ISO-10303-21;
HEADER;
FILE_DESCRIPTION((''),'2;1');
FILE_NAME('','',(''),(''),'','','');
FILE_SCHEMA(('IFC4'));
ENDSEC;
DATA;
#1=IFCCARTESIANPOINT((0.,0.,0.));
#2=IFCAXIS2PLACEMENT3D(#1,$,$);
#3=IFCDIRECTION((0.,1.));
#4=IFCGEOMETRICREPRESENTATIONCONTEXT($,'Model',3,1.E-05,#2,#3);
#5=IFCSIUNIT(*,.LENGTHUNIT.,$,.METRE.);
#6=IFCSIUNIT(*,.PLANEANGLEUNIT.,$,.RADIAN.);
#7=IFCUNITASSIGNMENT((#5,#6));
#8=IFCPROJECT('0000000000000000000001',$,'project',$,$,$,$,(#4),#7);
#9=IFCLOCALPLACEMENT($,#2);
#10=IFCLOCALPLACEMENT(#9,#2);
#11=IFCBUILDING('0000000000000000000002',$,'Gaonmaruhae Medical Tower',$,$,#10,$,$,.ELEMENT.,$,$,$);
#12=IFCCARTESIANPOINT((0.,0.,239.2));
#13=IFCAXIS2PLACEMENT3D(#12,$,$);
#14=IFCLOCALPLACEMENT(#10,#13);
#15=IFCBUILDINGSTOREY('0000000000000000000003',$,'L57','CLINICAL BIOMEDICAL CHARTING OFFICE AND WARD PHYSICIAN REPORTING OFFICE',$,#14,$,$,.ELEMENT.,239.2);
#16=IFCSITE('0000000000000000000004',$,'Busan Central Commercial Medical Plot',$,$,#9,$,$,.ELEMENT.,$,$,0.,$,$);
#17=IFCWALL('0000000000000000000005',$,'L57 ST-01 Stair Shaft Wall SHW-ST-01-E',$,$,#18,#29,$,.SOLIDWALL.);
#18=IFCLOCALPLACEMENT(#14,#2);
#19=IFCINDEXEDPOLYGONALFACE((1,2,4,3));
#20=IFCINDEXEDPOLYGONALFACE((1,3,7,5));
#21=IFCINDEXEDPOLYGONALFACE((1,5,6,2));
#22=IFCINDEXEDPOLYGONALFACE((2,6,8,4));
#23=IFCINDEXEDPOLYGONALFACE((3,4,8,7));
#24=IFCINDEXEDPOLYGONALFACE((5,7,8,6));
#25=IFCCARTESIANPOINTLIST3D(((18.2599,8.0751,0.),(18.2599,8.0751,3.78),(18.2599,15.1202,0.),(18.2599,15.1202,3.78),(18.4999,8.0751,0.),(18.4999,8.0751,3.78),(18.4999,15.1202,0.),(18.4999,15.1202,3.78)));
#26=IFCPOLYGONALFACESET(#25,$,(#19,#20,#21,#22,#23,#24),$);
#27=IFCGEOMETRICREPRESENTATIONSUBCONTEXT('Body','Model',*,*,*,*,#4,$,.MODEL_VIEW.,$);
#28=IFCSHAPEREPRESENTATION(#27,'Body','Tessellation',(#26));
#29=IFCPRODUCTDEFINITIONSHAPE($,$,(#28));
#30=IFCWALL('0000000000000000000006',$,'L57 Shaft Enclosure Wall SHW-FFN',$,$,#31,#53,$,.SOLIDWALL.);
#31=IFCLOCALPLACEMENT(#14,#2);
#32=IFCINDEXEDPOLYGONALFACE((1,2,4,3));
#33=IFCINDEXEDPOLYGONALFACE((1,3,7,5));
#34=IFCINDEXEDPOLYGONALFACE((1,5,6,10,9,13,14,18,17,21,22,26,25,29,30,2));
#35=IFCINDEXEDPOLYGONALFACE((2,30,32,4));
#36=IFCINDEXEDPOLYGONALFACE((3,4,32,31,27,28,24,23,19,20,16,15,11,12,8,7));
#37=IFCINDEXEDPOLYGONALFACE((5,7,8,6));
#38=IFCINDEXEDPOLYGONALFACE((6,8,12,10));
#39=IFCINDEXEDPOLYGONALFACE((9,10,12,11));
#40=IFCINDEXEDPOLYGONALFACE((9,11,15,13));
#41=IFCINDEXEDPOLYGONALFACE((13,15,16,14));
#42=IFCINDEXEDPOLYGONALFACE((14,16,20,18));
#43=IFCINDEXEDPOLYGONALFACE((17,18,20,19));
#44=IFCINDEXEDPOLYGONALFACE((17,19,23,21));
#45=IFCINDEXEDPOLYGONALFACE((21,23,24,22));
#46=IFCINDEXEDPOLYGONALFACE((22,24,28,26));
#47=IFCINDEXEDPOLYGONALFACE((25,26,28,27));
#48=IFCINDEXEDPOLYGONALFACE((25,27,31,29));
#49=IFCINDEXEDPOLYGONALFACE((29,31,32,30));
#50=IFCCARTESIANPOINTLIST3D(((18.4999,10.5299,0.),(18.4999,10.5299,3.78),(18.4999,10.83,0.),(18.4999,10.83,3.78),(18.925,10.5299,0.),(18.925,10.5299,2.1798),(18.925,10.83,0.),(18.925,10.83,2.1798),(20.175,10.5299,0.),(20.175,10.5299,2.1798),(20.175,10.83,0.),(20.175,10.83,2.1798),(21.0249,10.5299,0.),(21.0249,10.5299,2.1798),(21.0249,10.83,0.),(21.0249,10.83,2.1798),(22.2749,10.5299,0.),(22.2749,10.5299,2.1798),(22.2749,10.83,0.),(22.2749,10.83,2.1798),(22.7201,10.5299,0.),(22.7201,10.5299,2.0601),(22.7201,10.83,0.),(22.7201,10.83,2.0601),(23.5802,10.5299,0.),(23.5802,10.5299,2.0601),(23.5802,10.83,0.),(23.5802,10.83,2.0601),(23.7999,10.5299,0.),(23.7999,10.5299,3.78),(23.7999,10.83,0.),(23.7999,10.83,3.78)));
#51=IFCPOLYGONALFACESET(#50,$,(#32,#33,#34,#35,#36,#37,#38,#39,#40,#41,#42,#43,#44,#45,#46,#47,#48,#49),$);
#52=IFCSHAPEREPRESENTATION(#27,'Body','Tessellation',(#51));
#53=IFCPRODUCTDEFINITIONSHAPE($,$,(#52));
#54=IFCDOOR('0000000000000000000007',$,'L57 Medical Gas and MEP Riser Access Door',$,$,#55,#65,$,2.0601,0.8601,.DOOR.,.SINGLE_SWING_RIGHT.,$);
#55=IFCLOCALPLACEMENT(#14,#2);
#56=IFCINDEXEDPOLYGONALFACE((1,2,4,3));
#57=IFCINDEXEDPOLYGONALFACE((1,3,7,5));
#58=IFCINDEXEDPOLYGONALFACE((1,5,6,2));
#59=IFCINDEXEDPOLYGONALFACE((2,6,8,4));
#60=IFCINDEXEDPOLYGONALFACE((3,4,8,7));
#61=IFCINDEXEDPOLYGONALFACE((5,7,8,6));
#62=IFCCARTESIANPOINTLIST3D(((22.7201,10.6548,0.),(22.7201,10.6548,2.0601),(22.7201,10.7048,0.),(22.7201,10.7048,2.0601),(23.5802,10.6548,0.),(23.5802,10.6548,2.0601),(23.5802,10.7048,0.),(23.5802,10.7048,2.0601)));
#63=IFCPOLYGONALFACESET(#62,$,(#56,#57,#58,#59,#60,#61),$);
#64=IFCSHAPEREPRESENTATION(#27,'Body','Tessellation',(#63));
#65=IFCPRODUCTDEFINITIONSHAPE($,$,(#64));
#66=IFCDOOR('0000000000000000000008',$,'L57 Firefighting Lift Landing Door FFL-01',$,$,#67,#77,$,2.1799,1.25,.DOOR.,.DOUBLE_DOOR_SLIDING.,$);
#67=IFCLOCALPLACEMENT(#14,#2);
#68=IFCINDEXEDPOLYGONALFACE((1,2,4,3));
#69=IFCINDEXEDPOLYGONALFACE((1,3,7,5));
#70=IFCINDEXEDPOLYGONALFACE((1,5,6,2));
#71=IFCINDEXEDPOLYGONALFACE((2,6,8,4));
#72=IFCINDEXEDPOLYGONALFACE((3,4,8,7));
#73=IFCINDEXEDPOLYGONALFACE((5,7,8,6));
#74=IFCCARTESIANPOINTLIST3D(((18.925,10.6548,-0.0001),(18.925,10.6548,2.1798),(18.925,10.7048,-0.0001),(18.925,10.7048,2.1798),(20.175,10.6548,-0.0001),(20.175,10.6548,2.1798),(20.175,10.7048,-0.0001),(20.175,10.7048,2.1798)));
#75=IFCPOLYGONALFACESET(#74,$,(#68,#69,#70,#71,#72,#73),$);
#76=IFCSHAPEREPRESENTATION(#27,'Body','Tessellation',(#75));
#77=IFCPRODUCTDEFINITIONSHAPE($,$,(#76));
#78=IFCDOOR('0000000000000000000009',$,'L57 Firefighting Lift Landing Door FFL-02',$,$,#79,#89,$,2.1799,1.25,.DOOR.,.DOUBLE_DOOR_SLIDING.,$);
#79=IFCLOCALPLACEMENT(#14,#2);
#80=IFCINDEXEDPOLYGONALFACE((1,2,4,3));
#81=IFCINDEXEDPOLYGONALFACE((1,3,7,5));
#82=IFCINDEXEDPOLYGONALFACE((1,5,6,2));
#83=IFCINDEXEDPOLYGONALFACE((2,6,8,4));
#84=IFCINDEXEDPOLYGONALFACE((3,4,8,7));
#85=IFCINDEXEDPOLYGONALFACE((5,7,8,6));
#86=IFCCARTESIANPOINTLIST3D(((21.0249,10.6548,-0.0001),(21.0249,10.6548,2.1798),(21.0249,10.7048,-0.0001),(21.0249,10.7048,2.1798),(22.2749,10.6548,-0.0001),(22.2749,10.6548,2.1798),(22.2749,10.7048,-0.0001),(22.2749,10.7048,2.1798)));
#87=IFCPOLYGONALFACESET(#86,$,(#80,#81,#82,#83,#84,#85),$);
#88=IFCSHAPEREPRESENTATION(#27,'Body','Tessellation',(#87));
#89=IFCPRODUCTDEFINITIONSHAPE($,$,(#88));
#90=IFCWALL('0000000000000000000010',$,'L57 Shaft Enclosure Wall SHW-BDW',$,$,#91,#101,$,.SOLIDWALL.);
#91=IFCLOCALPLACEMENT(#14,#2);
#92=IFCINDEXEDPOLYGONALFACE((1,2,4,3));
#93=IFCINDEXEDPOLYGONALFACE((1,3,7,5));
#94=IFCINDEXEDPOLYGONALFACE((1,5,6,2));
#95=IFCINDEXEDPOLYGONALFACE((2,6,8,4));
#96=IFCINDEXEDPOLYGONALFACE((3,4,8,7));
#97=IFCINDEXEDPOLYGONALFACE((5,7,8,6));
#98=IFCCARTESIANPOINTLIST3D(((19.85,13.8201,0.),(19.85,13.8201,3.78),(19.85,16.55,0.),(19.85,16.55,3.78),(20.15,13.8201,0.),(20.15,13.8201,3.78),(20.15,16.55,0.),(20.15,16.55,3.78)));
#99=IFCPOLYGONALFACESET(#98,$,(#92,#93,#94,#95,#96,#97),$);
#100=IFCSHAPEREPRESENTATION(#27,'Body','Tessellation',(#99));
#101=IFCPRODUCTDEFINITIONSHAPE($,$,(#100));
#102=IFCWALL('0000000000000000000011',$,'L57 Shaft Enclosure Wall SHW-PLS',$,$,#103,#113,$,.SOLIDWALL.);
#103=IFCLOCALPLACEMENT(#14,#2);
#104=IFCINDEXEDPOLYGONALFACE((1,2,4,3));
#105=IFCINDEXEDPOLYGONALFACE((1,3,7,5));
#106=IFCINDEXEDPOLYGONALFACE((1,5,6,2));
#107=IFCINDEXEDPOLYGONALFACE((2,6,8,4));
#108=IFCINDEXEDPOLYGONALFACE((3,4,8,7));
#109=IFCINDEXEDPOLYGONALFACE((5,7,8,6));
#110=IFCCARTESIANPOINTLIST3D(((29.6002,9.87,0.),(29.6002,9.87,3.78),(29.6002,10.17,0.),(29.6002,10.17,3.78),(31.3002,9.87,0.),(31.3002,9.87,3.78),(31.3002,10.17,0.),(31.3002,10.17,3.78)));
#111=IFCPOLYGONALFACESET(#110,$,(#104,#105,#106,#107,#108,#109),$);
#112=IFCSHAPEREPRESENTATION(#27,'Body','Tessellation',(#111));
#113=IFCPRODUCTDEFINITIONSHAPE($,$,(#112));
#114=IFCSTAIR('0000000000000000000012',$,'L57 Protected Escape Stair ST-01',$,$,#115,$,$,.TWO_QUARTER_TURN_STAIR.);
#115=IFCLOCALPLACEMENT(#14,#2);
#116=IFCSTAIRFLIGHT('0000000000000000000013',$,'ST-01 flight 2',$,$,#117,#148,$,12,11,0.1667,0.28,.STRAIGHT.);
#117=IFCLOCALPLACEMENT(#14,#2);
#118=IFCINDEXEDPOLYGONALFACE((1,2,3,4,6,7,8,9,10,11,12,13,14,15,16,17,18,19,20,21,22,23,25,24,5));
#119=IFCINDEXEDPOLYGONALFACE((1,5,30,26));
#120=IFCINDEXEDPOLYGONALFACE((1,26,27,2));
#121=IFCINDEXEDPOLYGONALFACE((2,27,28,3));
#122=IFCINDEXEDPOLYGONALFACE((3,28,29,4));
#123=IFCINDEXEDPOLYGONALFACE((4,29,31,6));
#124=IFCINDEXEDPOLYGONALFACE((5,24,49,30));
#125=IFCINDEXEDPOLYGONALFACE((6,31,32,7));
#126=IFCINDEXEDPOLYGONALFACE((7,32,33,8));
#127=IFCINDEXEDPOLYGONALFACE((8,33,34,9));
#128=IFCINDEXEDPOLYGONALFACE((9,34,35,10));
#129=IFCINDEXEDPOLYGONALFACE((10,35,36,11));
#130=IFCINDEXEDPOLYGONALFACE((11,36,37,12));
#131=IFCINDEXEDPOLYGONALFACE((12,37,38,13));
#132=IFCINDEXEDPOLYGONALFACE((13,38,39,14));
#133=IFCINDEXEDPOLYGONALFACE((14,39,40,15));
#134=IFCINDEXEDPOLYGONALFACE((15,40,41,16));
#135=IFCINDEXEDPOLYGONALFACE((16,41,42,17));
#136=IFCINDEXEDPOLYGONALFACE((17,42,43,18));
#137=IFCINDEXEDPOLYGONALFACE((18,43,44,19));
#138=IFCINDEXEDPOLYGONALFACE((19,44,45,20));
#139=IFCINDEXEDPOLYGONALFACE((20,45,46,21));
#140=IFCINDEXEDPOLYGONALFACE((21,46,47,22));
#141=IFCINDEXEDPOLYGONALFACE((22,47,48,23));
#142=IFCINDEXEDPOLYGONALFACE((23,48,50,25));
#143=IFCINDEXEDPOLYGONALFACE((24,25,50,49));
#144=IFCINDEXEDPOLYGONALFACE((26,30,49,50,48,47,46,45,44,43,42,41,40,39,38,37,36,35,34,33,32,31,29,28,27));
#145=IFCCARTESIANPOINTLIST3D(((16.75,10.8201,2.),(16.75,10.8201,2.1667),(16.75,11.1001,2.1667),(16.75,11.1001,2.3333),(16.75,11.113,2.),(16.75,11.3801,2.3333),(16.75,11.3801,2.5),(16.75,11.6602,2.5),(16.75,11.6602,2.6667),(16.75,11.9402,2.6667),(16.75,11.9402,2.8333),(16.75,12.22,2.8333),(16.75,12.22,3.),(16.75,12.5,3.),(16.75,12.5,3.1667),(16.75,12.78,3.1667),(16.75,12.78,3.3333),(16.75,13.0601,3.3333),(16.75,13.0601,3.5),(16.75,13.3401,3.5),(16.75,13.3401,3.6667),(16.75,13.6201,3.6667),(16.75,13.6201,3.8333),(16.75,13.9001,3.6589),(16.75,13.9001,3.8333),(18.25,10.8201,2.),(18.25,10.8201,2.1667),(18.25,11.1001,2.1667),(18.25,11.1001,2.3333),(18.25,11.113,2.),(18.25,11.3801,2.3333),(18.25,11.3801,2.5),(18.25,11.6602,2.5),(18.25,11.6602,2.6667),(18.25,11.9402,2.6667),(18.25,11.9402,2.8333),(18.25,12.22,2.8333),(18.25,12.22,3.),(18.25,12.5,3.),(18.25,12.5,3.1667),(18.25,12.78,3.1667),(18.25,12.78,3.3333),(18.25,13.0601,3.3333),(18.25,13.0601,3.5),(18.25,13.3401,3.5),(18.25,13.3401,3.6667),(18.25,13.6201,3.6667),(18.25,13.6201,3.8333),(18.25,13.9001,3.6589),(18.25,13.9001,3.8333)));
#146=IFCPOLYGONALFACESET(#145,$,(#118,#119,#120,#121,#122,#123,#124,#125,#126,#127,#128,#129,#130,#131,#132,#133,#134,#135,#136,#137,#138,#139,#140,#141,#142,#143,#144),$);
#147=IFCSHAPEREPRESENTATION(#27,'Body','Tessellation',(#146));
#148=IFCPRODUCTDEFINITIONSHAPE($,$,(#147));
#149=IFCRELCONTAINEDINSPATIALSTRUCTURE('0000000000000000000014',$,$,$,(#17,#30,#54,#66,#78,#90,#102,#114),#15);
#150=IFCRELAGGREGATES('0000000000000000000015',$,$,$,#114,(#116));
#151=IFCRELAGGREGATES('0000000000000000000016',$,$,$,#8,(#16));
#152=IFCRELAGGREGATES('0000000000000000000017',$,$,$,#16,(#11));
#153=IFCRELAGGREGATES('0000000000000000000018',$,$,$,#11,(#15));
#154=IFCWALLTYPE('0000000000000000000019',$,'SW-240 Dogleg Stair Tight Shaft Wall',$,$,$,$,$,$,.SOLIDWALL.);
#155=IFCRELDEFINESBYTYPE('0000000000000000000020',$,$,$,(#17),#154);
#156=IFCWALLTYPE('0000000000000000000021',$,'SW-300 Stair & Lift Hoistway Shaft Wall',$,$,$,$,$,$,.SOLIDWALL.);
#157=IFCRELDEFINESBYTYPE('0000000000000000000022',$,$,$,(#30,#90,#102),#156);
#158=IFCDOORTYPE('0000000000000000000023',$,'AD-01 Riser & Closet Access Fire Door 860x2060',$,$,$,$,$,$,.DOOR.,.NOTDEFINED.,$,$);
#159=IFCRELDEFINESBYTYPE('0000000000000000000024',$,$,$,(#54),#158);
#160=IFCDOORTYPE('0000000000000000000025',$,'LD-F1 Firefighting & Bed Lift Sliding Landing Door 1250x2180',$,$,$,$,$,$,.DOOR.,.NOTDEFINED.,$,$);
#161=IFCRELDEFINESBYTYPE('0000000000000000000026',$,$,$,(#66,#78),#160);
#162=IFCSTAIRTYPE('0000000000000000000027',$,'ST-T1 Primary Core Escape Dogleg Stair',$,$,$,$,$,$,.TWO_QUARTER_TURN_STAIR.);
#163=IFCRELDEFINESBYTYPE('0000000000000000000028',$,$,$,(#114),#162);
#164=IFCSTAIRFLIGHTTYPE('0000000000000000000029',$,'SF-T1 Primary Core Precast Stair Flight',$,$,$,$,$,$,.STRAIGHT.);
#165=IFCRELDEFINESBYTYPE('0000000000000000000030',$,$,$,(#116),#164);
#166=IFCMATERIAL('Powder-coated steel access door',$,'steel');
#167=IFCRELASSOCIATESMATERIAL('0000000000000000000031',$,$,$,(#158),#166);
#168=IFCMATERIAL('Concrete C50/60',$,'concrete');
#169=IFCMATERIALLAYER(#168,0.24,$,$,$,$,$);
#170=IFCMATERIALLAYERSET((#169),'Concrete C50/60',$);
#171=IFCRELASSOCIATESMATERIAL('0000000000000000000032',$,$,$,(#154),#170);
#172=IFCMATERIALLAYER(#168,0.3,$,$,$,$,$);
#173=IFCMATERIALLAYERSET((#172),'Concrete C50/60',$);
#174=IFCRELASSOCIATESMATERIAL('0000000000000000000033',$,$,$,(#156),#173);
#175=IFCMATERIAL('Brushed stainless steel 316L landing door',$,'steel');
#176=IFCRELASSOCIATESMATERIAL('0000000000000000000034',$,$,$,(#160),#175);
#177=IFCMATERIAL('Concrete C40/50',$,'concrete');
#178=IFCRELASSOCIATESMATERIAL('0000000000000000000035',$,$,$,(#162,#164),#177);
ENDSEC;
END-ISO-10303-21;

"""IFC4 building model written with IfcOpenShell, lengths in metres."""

from ifc_helpers import new_model, si_unit, direction, frame, frame_2d, origin, place, context, subcontext, project, spatial, polyline, rectangle, outline, extrude, material, layer, layer_set, type_object, element, fill, aggregate, save


model = new_model("IFC4")

# Units and contexts
model_context = context("Model", 3, precision=1e-05, world=origin(), true_north=direction((0.0, 1.0)))
body_context = subcontext(model_context, "Body", "Model", "MODEL_VIEW")
ifc_project = project(units=[si_unit("LENGTHUNIT", "METRE"), si_unit("PLANEANGLEUNIT", "RADIAN")], contexts=[model_context])

# Site, building, storey
site_placement = place(None, origin())
site = spatial("IfcSite", under=ifc_project, at=site_placement, Name="Busan Central Commercial Medical Plot", CompositionType="ELEMENT", RefElevation=0.0)
building_placement = place(site_placement, origin())
building = spatial("IfcBuilding", under=site, at=building_placement, Name="Gaonmaruhae Medical Tower", CompositionType="ELEMENT")
storey_placement = place(building_placement, frame((0.0, 0.0, 239.2)))
storey = spatial("IfcBuildingStorey", under=building, at=storey_placement, Name="L57", Description="CLINICAL BIOMEDICAL CHARTING OFFICE AND WARD PHYSICIAN REPORTING OFFICE", CompositionType="ELEMENT", Elevation=239.2)

# Shared definitions
ifc_material_1 = material(Name="Concrete C50/60", Category="concrete")

# Shared definitions
ifc_material_2 = material(Name="Powder-coated steel access door", Category="steel")
door_type_1 = type_object("IfcDoorType", Name="AD-01 Riser & Closet Access Fire Door 860x2060", OperationType="NOTDEFINED", PredefinedType="DOOR", material=ifc_material_2)

# Wall
ifc_layer_1 = layer(ifc_material_1, 0.24)
ifc_layer_set_1 = layer_set([ifc_layer_1], Name="Concrete C50/60")
wall_type_1 = type_object("IfcWallType", Name="SW-240 Dogleg Stair Tight Shaft Wall", PredefinedType="SOLIDWALL", material=ifc_layer_set_1)
wall_1_placement = place(storey_placement, frame((18.3799, 15.1201, 0.0), z_axis=(0.0, 0.0, 1.0), x_axis=(0.0, -1.0, 0.0)))
element("IfcWall", 1, at=wall_1_placement, inside=storey, type_object=wall_type_1, Name="L57 ST-01 Stair Shaft Wall SHW-ST-01-E", PredefinedType="SOLIDWALL", context=body_context, shape_type="SweptSolid", body=[
    extrude(rectangle(XDim=7.0452, YDim=0.24, at=frame_2d((3.5225, 0.0))), origin(), (0.0, 0.0, 1.0), 3.78),
])

# Wall, openings, doors
ifc_layer_2 = layer(ifc_material_1, 0.3)
ifc_layer_set_2 = layer_set([ifc_layer_2], Name="Concrete C50/60")
wall_type_2 = type_object("IfcWallType", Name="SW-300 Stair & Lift Hoistway Shaft Wall", PredefinedType="SOLIDWALL", material=ifc_layer_set_2)
wall_2_placement = place(storey_placement, frame((18.5, 10.6799, 0.0), z_axis=(0.0, 0.0, 1.0), x_axis=(1.0, 0.0, 0.0)))
wall_2 = element("IfcWall", 2, at=wall_2_placement, inside=storey, type_object=wall_type_2, Name="L57 Shaft Enclosure Wall SHW-FFN", PredefinedType="SOLIDWALL", context=body_context, shape_type="SweptSolid", body=[
    extrude(rectangle(XDim=5.3, YDim=0.3, at=frame_2d((2.6499, 0.0))), origin(), (0.0, 0.0, 1.0), 3.78),
])
opening_1_placement = place(wall_2_placement, frame((4.22, 0.0, 0.0)))
opening_1 = element("IfcOpeningElement", 3, at=opening_1_placement, cuts=wall_2, PredefinedType="OPENING", context=body_context, shape_type="SweptSolid", body=[
    extrude(rectangle(XDim=0.8601, YDim=2.0601, at=frame_2d((0.4302, 1.03))), frame((0.0, 0.1602, 0.0), z_axis=(0.0, -1.0, 0.0), x_axis=(1.0, 0.0, 0.0)), (0.0, 0.0, 1.0), 0.3201),
])
opening_2_placement = place(wall_2_placement, frame((0.425, 0.0, 0.0)))
opening_2 = element("IfcOpeningElement", 4, at=opening_2_placement, cuts=wall_2, PredefinedType="OPENING", context=body_context, shape_type="SweptSolid", body=[
    extrude(rectangle(XDim=1.25, YDim=2.1799, at=frame_2d((0.625, 1.0898))), frame((0.0, 0.1602, 0.0), z_axis=(0.0, -1.0, 0.0), x_axis=(1.0, 0.0, 0.0)), (0.0, 0.0, 1.0), 0.3201),
])
opening_3_placement = place(wall_2_placement, frame((2.5249, 0.0, 0.0)))
opening_3 = element("IfcOpeningElement", 5, at=opening_3_placement, cuts=wall_2, PredefinedType="OPENING", context=body_context, shape_type="SweptSolid", body=[
    extrude(rectangle(XDim=1.25, YDim=2.1799, at=frame_2d((0.625, 1.0898))), frame((0.0, 0.1602, 0.0), z_axis=(0.0, -1.0, 0.0), x_axis=(1.0, 0.0, 0.0)), (0.0, 0.0, 1.0), 0.3201),
])
door_1_placement = place(opening_1_placement, origin())
door_1 = element("IfcDoor", 6, at=door_1_placement, inside=storey, type_object=door_type_1, Name="L57 Medical Gas and MEP Riser Access Door", OperationType="SINGLE_SWING_RIGHT", OverallHeight=2.0601, OverallWidth=0.8601, PredefinedType="DOOR", context=body_context, shape_type="SweptSolid", body=[
    extrude(rectangle(XDim=0.8601, YDim=2.0601, at=frame_2d((0.4302, 1.03))), frame((0.0, 0.0249, 0.0), z_axis=(0.0, -1.0, 0.0), x_axis=(1.0, 0.0, 0.0)), (0.0, 0.0, 1.0), 0.05),
])
fill(opening_1, door_1)
ifc_material_3 = material(Name="Brushed stainless steel 316L landing door", Category="steel")
door_type_2 = type_object("IfcDoorType", Name="LD-F1 Firefighting & Bed Lift Sliding Landing Door 1250x2180", OperationType="NOTDEFINED", PredefinedType="DOOR", material=ifc_material_3)
door_2_placement = place(opening_2_placement, origin())
door_2 = element("IfcDoor", 7, at=door_2_placement, inside=storey, type_object=door_type_2, Name="L57 Firefighting Lift Landing Door FFL-01", OperationType="DOUBLE_DOOR_SLIDING", OverallHeight=2.1799, OverallWidth=1.25, PredefinedType="DOOR", context=body_context, shape_type="SweptSolid", body=[
    extrude(rectangle(XDim=1.25, YDim=2.1799, at=frame_2d((0.625, 1.0898))), frame((0.0, 0.0249, 0.0), z_axis=(0.0, -1.0, 0.0), x_axis=(1.0, 0.0, 0.0)), (0.0, 0.0, 1.0), 0.05),
])
fill(opening_2, door_2)
door_3_placement = place(opening_3_placement, origin())
door_3 = element("IfcDoor", 8, at=door_3_placement, inside=storey, type_object=door_type_2, Name="L57 Firefighting Lift Landing Door FFL-02", OperationType="DOUBLE_DOOR_SLIDING", OverallHeight=2.1799, OverallWidth=1.25, PredefinedType="DOOR", context=body_context, shape_type="SweptSolid", body=[
    extrude(rectangle(XDim=1.25, YDim=2.1799, at=frame_2d((0.625, 1.0898))), frame((0.0, 0.0249, 0.0), z_axis=(0.0, -1.0, 0.0), x_axis=(1.0, 0.0, 0.0)), (0.0, 0.0, 1.0), 0.05),
])
fill(opening_3, door_3)

# Walls
wall_3_placement = place(storey_placement, frame((20.0, 13.8201, 0.0), z_axis=(0.0, 0.0, 1.0), x_axis=(0.0, 1.0, 0.0)))
element("IfcWall", 9, at=wall_3_placement, inside=storey, type_object=wall_type_2, Name="L57 Shaft Enclosure Wall SHW-BDW", PredefinedType="SOLIDWALL", context=body_context, shape_type="SweptSolid", body=[
    extrude(rectangle(XDim=2.73, YDim=0.3, at=frame_2d((1.365, 0.0))), origin(), (0.0, 0.0, 1.0), 3.78),
])
wall_4_placement = place(storey_placement, frame((29.6001, 10.02, 0.0), z_axis=(0.0, 0.0, 1.0), x_axis=(1.0, 0.0, 0.0)))
element("IfcWall", 10, at=wall_4_placement, inside=storey, type_object=wall_type_2, Name="L57 Shaft Enclosure Wall SHW-PLS", PredefinedType="SOLIDWALL", context=body_context, shape_type="SweptSolid", body=[
    extrude(rectangle(XDim=1.7, YDim=0.3, at=frame_2d((0.8501, 0.0))), origin(), (0.0, 0.0, 1.0), 3.78),
])

# Stair, stair flight
ifc_material_4 = material(Name="Concrete C40/50", Category="concrete")
stair_type = type_object("IfcStairType", Name="ST-T1 Primary Core Escape Dogleg Stair", PredefinedType="TWO_QUARTER_TURN_STAIR", material=ifc_material_4)
stair_placement = place(storey_placement, origin())
stair = element("IfcStair", 11, at=stair_placement, inside=storey, type_object=stair_type, Name="L57 Protected Escape Stair ST-01", PredefinedType="TWO_QUARTER_TURN_STAIR")
stair_flight_type = type_object("IfcStairFlightType", Name="SF-T1 Primary Core Precast Stair Flight", PredefinedType="STRAIGHT", material=ifc_material_4)
stair_flight_placement = place(storey_placement, frame((17.5, 10.8201, 2.0), z_axis=(0.0, 0.0, 1.0), x_axis=(0.0, 1.0, 0.0)))
stair_flight = element("IfcStairFlight", 12, at=stair_flight_placement, type_object=stair_flight_type, Name="ST-01 flight 2", NumberOfRisers=12, NumberOfTreads=11, PredefinedType="STRAIGHT", RiserHeight=0.1667, TreadLength=0.28, context=body_context, shape_type="SweptSolid", body=[
    extrude(outline(polyline([(0.0, 0.0), (0.0, 0.1667), (0.28, 0.1667), (0.28, 0.3333), (0.5601, 0.3333), (0.5601, 0.5), (0.8401, 0.5), (0.8401, 0.6667), (1.1201, 0.6667), (1.1201, 0.8333), (1.3999, 0.8333), (1.3999, 1.0), (1.6799, 1.0), (1.6799, 1.1667), (1.96, 1.1667), (1.96, 1.3333), (2.24, 1.3333), (2.24, 1.5), (2.52, 1.5), (2.52, 1.6667), (2.8, 1.6667), (2.8, 1.8333), (3.0801, 1.8333), (3.0801, 2.0), (3.0801, 1.6589), (0.293, 0.0), (0.0, 0.0)])), frame((0.0, 0.75, 0.0), z_axis=(0.0, -1.0, 0.0), x_axis=(1.0, 0.0, 0.0)), (0.0, 0.0, 1.0), 1.5),
])
aggregate(stair, [stair_flight])

save(model, "model.ifc")
